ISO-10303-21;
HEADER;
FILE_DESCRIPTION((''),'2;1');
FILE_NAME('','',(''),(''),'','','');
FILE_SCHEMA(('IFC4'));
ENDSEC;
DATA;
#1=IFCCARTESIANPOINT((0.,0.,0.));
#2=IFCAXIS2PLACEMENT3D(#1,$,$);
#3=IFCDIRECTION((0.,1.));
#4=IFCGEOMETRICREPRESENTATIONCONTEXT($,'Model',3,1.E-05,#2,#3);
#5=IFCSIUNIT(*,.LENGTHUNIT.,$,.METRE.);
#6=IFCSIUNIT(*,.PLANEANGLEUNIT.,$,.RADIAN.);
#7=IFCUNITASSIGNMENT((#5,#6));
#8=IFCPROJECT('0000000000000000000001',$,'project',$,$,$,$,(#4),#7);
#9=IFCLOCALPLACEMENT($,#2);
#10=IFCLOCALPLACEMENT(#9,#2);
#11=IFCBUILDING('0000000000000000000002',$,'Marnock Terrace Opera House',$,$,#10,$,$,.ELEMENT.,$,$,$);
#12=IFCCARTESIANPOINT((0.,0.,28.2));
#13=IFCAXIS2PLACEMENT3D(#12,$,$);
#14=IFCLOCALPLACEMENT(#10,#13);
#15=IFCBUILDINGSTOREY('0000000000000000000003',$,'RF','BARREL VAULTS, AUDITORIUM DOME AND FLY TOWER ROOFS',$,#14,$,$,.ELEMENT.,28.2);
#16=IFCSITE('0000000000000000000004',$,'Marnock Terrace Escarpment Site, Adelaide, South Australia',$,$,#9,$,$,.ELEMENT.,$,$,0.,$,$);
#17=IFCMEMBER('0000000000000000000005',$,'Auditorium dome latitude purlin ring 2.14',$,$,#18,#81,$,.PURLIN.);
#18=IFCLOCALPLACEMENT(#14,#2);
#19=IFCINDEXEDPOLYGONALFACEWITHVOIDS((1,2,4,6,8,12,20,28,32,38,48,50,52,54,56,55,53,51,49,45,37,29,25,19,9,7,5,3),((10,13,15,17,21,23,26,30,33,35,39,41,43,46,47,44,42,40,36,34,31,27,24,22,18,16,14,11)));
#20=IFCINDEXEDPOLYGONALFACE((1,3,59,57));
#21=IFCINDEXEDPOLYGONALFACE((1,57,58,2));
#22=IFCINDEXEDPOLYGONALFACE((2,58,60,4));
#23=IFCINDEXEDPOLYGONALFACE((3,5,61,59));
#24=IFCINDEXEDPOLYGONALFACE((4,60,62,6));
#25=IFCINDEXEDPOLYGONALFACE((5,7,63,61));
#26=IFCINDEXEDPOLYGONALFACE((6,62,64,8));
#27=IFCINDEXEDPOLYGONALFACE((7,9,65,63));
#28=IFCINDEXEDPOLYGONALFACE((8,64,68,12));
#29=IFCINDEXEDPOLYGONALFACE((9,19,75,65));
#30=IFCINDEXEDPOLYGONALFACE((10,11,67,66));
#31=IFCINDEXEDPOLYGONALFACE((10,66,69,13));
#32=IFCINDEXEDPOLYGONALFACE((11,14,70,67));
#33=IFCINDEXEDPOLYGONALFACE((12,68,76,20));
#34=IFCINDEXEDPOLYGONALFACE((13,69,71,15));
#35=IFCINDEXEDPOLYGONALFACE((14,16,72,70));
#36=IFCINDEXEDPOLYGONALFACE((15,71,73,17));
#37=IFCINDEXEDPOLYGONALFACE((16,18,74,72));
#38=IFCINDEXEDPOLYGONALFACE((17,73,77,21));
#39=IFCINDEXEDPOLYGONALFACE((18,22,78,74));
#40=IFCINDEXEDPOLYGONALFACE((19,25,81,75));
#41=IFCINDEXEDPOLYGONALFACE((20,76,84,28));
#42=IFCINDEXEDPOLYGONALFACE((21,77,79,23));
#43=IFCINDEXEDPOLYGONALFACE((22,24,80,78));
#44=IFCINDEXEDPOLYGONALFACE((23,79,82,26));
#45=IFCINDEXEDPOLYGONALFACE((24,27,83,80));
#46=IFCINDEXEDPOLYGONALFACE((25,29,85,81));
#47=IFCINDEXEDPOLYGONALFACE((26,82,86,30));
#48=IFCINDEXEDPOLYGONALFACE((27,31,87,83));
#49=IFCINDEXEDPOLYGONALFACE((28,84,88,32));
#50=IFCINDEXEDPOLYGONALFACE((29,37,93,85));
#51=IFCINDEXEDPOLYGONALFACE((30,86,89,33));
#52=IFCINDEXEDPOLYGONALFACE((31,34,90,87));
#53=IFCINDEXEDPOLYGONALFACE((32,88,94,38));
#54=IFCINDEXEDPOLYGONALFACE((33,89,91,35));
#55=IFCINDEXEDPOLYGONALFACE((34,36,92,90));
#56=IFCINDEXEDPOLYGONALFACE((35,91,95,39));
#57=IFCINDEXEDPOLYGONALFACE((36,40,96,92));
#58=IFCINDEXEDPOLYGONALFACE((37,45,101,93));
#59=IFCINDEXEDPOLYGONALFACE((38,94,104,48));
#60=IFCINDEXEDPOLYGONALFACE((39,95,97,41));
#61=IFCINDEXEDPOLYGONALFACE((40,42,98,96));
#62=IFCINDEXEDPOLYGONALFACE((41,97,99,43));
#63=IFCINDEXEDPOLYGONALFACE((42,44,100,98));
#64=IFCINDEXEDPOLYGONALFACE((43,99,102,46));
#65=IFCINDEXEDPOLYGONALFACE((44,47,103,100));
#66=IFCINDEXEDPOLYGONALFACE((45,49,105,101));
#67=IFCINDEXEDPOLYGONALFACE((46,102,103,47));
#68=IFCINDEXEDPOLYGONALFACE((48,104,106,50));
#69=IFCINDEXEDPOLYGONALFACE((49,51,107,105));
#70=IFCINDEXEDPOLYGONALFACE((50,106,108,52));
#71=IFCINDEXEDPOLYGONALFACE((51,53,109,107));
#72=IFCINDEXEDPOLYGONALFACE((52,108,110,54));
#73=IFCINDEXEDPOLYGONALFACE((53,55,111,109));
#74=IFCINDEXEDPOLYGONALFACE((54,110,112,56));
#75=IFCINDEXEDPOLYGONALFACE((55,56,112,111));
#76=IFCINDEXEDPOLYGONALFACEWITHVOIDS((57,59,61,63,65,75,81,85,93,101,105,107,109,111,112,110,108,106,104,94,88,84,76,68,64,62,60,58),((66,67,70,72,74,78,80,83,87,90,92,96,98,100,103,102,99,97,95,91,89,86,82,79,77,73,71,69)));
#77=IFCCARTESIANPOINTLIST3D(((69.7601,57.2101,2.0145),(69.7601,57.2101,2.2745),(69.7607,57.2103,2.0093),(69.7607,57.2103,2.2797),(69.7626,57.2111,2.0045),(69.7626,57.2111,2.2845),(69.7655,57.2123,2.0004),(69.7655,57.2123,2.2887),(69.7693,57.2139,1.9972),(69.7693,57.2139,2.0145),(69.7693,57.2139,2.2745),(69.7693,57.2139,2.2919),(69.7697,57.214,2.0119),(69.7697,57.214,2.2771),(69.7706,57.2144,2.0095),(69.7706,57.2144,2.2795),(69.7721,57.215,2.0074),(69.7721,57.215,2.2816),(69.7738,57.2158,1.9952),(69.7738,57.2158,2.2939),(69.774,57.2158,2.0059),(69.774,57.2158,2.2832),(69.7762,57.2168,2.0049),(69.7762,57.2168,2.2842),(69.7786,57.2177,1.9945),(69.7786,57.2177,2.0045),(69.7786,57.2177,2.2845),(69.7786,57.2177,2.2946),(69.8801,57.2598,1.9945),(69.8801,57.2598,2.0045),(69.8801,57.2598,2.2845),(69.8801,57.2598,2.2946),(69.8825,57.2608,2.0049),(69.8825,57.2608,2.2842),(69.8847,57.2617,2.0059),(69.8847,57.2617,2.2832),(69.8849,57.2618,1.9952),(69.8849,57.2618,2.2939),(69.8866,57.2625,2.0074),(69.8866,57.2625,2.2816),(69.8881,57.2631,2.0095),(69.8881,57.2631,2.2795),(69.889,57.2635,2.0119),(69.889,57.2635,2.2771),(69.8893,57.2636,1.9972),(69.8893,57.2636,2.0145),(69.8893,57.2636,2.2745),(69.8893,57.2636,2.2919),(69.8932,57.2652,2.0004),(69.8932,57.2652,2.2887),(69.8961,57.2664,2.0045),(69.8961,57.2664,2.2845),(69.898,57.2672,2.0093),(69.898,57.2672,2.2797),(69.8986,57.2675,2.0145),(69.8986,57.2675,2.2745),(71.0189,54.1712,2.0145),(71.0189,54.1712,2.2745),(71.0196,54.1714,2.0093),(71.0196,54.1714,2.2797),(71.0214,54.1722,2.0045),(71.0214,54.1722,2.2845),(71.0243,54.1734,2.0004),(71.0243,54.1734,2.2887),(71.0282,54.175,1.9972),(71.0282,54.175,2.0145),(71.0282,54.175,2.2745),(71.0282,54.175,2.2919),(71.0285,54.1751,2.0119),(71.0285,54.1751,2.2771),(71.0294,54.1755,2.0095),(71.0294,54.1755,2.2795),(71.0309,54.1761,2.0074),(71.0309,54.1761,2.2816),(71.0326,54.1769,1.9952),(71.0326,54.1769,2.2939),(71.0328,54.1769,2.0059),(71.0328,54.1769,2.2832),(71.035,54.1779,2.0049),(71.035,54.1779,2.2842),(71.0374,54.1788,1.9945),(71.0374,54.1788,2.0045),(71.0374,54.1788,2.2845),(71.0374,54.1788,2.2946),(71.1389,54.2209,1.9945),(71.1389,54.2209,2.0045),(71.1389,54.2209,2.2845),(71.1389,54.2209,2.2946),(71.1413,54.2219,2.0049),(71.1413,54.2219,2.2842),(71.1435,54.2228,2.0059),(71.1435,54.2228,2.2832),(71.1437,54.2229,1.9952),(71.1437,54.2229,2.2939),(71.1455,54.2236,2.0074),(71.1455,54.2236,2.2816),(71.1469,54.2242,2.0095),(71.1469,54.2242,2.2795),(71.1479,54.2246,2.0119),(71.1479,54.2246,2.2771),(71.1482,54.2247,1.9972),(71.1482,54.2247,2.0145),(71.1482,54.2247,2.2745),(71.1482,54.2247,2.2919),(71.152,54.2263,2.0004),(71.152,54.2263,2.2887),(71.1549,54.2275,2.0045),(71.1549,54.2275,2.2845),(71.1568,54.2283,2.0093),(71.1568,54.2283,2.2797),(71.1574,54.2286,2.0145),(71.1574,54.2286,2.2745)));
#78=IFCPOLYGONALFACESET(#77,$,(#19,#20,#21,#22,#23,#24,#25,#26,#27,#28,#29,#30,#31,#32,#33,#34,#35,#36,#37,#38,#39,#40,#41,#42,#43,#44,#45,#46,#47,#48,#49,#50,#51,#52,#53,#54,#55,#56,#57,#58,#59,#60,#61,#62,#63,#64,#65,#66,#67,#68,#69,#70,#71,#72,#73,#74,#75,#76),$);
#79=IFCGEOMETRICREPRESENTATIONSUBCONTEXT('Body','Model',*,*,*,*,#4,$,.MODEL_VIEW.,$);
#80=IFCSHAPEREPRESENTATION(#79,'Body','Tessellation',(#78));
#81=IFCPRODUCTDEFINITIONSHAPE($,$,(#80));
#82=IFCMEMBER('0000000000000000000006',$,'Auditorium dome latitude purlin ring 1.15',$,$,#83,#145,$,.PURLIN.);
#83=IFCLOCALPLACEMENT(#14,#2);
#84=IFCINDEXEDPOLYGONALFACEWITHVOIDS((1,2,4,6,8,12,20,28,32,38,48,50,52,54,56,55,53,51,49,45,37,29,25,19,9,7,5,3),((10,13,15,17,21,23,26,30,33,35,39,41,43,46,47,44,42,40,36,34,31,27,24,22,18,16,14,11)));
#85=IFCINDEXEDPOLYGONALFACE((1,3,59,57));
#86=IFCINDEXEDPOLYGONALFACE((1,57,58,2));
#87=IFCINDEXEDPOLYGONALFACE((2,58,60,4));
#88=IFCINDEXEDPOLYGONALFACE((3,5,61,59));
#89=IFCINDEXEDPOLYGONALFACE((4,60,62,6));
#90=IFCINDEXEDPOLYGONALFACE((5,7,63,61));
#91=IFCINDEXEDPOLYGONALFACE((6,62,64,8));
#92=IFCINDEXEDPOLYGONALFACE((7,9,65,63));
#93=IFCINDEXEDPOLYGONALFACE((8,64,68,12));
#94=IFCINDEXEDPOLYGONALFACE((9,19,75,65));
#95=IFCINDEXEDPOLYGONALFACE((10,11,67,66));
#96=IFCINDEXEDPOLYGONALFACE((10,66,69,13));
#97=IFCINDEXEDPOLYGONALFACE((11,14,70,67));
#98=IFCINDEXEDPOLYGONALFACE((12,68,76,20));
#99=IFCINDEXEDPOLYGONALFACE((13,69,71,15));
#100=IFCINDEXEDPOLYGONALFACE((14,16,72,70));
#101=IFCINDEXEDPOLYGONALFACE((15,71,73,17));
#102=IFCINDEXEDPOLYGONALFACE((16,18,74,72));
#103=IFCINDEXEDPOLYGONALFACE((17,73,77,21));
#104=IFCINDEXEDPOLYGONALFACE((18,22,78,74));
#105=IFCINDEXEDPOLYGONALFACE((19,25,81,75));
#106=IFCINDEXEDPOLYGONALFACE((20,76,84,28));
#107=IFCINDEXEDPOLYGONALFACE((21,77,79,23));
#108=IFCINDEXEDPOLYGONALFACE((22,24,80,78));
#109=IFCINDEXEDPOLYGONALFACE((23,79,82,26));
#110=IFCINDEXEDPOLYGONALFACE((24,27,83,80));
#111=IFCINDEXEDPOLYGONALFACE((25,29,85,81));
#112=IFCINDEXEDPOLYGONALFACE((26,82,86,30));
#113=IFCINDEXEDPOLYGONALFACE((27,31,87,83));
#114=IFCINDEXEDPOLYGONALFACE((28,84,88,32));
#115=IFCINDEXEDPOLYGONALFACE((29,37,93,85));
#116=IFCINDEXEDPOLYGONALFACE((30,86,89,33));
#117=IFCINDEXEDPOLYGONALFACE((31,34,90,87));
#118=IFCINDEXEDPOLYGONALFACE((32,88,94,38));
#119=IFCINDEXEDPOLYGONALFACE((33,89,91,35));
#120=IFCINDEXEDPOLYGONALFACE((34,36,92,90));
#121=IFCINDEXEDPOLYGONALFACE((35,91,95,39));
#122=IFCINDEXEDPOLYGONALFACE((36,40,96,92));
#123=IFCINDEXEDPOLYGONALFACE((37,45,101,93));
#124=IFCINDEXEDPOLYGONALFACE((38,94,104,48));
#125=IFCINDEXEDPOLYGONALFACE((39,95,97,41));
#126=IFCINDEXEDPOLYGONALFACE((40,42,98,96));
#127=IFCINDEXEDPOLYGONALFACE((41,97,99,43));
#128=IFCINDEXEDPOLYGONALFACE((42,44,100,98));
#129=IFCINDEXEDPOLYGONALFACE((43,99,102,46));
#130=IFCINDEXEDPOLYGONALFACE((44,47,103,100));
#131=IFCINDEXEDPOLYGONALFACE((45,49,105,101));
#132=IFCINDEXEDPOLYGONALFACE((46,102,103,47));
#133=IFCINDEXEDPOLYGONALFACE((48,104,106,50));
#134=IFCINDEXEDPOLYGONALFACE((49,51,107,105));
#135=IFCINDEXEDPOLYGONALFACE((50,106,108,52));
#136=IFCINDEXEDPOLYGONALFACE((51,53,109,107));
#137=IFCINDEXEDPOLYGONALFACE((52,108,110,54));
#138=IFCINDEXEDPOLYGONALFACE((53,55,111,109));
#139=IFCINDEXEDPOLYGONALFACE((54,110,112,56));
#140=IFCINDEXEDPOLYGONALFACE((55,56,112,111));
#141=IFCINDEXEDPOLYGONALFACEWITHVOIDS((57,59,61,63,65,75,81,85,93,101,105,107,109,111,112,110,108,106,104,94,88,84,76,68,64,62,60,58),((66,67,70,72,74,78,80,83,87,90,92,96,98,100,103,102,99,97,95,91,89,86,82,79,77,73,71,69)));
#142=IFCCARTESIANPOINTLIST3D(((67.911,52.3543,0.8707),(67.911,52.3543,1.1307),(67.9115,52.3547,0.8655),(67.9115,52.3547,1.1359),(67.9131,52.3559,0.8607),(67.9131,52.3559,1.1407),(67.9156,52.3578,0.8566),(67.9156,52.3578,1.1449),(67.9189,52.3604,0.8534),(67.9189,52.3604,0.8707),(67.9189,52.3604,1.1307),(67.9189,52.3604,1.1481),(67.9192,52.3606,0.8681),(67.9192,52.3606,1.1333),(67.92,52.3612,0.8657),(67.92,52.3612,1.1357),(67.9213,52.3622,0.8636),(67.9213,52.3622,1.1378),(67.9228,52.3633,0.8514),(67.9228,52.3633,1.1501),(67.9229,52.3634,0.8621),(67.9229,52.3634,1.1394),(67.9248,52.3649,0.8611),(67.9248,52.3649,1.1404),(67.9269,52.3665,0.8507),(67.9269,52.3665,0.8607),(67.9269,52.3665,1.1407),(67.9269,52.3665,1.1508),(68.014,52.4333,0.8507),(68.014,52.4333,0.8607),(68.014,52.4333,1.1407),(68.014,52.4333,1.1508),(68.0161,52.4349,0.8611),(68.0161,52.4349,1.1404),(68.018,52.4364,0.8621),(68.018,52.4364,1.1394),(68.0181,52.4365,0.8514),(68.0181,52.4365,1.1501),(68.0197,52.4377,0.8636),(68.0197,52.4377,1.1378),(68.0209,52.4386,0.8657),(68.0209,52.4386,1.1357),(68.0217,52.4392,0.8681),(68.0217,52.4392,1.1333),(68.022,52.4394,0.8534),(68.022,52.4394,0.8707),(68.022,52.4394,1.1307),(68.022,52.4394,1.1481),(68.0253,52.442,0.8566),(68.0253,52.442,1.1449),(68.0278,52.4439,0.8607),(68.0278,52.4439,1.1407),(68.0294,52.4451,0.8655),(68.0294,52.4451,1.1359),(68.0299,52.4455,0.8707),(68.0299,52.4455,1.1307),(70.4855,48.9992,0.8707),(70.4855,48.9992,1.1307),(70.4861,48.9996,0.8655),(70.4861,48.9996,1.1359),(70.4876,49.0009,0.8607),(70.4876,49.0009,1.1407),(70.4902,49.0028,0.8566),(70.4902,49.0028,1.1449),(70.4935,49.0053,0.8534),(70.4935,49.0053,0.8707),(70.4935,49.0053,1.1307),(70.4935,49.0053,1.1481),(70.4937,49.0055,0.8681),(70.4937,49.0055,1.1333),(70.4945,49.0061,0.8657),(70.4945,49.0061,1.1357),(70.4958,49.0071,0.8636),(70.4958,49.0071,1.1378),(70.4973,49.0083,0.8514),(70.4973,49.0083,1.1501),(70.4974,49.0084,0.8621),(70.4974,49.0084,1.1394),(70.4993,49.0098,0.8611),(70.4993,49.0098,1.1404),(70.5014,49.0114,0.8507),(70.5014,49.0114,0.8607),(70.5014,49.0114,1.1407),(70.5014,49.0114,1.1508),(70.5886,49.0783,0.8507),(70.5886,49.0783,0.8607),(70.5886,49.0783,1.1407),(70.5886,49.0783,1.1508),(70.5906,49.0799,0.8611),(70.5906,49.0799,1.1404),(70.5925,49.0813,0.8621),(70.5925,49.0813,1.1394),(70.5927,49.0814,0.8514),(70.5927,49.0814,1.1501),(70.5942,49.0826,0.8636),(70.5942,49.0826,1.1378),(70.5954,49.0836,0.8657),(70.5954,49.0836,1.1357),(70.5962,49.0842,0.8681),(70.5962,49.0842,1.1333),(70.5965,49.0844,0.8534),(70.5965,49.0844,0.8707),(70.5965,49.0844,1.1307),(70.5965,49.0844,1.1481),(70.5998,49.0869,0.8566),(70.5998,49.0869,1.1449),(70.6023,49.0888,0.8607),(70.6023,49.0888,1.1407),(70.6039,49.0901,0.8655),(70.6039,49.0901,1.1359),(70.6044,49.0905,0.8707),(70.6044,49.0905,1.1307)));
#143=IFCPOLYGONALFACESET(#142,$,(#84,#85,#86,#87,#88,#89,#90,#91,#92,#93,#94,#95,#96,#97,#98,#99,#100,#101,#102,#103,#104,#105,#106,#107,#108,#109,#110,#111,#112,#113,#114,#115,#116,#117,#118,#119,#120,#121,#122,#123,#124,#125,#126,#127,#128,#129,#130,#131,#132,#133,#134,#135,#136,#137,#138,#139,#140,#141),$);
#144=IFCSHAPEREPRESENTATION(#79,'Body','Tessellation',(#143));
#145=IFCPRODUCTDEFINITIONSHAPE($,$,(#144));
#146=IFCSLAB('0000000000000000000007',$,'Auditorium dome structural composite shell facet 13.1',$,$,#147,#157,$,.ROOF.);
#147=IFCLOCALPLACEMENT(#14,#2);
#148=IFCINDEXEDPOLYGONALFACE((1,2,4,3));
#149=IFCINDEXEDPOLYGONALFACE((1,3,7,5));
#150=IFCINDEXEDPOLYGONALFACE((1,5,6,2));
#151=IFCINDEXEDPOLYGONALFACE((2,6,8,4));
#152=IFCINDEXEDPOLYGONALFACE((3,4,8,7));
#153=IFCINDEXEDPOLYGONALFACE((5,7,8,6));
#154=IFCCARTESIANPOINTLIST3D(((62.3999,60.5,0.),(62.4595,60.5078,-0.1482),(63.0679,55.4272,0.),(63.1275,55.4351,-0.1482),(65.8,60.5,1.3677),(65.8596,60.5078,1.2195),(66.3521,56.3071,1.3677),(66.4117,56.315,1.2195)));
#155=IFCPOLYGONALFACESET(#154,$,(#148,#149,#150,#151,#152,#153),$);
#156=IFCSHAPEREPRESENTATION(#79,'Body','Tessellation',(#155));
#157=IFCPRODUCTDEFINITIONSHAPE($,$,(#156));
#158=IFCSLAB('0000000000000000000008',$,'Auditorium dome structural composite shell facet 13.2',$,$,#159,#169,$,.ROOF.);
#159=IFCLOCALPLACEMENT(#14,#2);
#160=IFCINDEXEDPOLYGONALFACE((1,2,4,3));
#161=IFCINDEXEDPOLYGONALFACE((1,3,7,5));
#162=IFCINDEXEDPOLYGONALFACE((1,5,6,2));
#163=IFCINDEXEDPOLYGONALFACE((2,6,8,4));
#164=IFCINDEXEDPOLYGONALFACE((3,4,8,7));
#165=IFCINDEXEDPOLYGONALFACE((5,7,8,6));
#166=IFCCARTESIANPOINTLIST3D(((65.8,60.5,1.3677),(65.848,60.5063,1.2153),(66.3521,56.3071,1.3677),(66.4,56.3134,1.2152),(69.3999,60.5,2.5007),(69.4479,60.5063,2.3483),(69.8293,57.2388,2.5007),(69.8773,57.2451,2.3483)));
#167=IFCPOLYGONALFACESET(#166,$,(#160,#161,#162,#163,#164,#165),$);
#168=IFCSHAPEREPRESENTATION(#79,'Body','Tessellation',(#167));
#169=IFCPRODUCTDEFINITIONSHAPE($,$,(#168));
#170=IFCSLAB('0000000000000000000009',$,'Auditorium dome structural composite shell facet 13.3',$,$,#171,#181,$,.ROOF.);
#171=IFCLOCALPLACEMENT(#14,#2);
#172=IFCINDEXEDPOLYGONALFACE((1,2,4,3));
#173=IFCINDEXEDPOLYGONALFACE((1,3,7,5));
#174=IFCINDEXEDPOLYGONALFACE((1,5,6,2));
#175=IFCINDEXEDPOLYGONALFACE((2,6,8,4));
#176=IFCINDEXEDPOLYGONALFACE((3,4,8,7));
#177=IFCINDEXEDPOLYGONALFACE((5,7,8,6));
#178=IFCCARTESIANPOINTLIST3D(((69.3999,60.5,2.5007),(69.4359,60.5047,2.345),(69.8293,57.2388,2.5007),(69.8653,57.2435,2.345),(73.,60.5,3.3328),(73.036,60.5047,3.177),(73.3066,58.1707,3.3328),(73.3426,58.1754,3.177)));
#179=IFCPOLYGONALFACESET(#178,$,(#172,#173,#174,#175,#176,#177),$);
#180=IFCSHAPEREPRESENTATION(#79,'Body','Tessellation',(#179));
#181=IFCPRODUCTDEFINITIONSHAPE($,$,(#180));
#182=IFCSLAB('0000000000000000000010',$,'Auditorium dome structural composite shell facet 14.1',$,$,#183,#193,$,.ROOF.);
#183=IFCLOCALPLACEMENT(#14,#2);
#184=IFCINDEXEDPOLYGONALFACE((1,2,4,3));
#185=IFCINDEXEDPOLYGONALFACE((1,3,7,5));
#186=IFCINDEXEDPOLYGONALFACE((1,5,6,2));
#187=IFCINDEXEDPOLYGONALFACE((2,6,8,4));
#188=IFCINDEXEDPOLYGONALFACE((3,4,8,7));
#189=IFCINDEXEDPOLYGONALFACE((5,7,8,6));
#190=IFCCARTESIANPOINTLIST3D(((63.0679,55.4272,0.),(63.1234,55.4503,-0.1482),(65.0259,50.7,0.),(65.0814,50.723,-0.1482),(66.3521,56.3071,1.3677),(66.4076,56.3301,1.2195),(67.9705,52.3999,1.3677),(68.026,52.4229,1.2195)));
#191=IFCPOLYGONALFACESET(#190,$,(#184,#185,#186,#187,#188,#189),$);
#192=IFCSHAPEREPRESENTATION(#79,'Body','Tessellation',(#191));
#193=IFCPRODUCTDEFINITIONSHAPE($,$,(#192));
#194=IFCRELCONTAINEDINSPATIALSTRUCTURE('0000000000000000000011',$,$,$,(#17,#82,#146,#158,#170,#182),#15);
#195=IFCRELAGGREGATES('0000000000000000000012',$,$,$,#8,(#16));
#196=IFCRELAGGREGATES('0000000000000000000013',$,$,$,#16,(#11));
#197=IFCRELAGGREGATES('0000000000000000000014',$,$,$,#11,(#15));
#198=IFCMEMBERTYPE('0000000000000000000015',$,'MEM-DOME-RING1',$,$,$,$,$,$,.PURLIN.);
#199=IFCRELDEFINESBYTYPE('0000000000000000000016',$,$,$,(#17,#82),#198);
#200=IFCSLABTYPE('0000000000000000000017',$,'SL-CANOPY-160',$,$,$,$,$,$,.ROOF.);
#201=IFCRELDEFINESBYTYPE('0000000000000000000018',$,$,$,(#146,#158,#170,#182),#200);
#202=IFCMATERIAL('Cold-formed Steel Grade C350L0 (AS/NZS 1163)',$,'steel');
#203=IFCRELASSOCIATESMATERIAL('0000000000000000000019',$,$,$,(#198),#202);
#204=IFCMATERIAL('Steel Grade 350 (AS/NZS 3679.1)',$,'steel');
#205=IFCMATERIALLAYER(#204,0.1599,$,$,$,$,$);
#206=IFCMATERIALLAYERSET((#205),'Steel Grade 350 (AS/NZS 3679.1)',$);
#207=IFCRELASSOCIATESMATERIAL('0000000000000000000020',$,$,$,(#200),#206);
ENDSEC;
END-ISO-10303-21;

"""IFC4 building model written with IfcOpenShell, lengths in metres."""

from ifc_helpers import new_model, si_unit, direction, frame, origin, origin_2d, place, context, subcontext, project, spatial, polyline, hollow_rectangle, outline, extrude, material, layer, layer_set, material_profile, profile_set, type_object, element, save


model = new_model("IFC4")

# Units and contexts
model_context = context("Model", 3, precision=1e-05, world=origin(), true_north=direction((0.0, 1.0)))
body_context = subcontext(model_context, "Body", "Model", "MODEL_VIEW")
ifc_project = project(units=[si_unit("LENGTHUNIT", "METRE"), si_unit("PLANEANGLEUNIT", "RADIAN")], contexts=[model_context])

# Site, building, storey
site_placement = place(None, origin())
site = spatial("IfcSite", under=ifc_project, at=site_placement, Name="Marnock Terrace Escarpment Site, Adelaide, South Australia", CompositionType="ELEMENT", RefElevation=0.0)
building_placement = place(site_placement, origin())
building = spatial("IfcBuilding", under=site, at=building_placement, Name="Marnock Terrace Opera House", CompositionType="ELEMENT")
storey_placement = place(building_placement, frame((0.0, 0.0, 28.2)))
storey = spatial("IfcBuildingStorey", under=building, at=storey_placement, Name="RF", Description="BARREL VAULTS, AUDITORIUM DOME AND FLY TOWER ROOFS", CompositionType="ELEMENT", Elevation=28.2)

# Shared definitions
ifc_material_1 = material(Name="Steel Grade 350 (AS/NZS 3679.1)", Category="steel")

# Members
ifc_material_2 = material(Name="Cold-formed Steel Grade C350L0 (AS/NZS 1163)", Category="steel")
ifc_material_profile_1 = material_profile(ifc_material_2, hollow_rectangle(XDim=0.1499, YDim=0.3, WallThickness=0.01, InnerFilletRadius=0.01, OuterFilletRadius=0.02, at=origin_2d()))
ifc_profile_set_1 = profile_set([ifc_material_profile_1], Name="Cold-formed Steel Grade C350L0 (AS/NZS 1163)")
member_type_1 = type_object("IfcMemberType", Name="MEM-DOME-RING1", PredefinedType="PURLIN", material=ifc_profile_set_1)
member_1_placement = place(storey_placement, frame((69.8293, 57.2388, 2.1445), z_axis=(0.382701, -0.923872, 0.0), x_axis=(0.923872, 0.382701, 0.0)))
element("IfcMember", 1, at=member_1_placement, inside=storey, type_object=member_type_1, Name="Auditorium dome latitude purlin ring 2.14", PredefinedType="PURLIN", context=body_context, shape_type="SweptSolid", body=[
    extrude(hollow_rectangle(XDim=0.1499, YDim=0.3, WallThickness=0.01, InnerFilletRadius=0.01, OuterFilletRadius=0.02, at=origin_2d()), origin(), (0.0, 0.0, 1.0), 3.2893),
])
member_2_placement = place(storey_placement, frame((67.9705, 52.3999, 1.0007), z_axis=(0.608776, -0.793342, 0.0), x_axis=(0.793342, 0.608776, 0.0)))
element("IfcMember", 2, at=member_2_placement, inside=storey, type_object=member_type_1, Name="Auditorium dome latitude purlin ring 1.15", PredefinedType="PURLIN", context=body_context, shape_type="SweptSolid", body=[
    extrude(hollow_rectangle(XDim=0.1499, YDim=0.3, WallThickness=0.01, InnerFilletRadius=0.01, OuterFilletRadius=0.02, at=origin_2d()), origin(), (0.0, 0.0, 1.0), 4.229),
])

# Slabs
ifc_layer_1 = layer(ifc_material_1, 0.1599)
ifc_layer_set_1 = layer_set([ifc_layer_1], Name="Steel Grade 350 (AS/NZS 3679.1)")
slab_type = type_object("IfcSlabType", Name="SL-CANOPY-160", PredefinedType="ROOF", material=ifc_layer_set_1)
slab_1_placement = place(storey_placement, frame((62.3999, 60.5, 0.0), z_axis=(-0.372738, -0.049077, 0.926638), x_axis=(0.130549, -0.991442, 0.000004)))
element("IfcSlab", 3, at=slab_1_placement, inside=storey, type_object=slab_type, Name="Auditorium dome structural composite shell facet 13.1", PredefinedType="ROOF", context=body_context, shape_type="SweptSolid", body=[
    extrude(outline(polyline([(0.0, 0.0), (5.1165, 0.0), (4.6729, 3.6378), (0.4439, 3.6379), (0.0, 0.0)])), origin(), (0.0, 0.0, -1.0), 0.1599),
])
slab_2_placement = place(storey_placement, frame((65.8, 60.5, 1.3677), z_axis=(-0.299992, -0.039498, 0.953124), x_axis=(0.130527, -0.991445, -0.000004)))
element("IfcSlab", 4, at=slab_2_placement, inside=storey, type_object=slab_type, Name="Auditorium dome structural composite shell facet 13.2", PredefinedType="ROOF", context=body_context, shape_type="SweptSolid", body=[
    extrude(outline(polyline([(0.0, 0.0), (4.2291, 0.0), (3.7593, 3.7447), (0.4699, 3.7446), (0.0, 0.0)])), origin(), (0.0, 0.0, -1.0), 0.1599),
])
slab_3_placement = place(storey_placement, frame((69.3999, 60.5, 2.5007), z_axis=(-0.225082, -0.029635, 0.973889), x_axis=(0.130554, -0.991441, 0.000004)))
element("IfcSlab", 5, at=slab_3_placement, inside=storey, type_object=slab_type, Name="Auditorium dome structural composite shell facet 13.3", PredefinedType="ROOF", context=body_context, shape_type="SweptSolid", body=[
    extrude(outline(polyline([(0.0, 0.0), (3.2894, 0.0), (2.8195, 3.6649), (0.47, 3.665), (0.0, 0.0)])), origin(), (0.0, 0.0, -1.0), 0.1599),
])
slab_4_placement = place(storey_placement, frame((63.0679, 55.4272, 0.0), z_axis=(-0.347343, -0.143869, 0.926636), x_axis=(0.382667, -0.923886, -0.000002)))
element("IfcSlab", 6, at=slab_4_placement, inside=storey, type_object=slab_type, Name="Auditorium dome structural composite shell facet 14.1", PredefinedType="ROOF", context=body_context, shape_type="SweptSolid", body=[
    extrude(outline(polyline([(0.0, 0.0), (5.1167, 0.0), (4.673, 3.6379), (0.4438, 3.6378), (0.0, 0.0)])), origin(), (0.0, 0.0, -1.0), 0.1599),
])

save(model, "model.ifc")
